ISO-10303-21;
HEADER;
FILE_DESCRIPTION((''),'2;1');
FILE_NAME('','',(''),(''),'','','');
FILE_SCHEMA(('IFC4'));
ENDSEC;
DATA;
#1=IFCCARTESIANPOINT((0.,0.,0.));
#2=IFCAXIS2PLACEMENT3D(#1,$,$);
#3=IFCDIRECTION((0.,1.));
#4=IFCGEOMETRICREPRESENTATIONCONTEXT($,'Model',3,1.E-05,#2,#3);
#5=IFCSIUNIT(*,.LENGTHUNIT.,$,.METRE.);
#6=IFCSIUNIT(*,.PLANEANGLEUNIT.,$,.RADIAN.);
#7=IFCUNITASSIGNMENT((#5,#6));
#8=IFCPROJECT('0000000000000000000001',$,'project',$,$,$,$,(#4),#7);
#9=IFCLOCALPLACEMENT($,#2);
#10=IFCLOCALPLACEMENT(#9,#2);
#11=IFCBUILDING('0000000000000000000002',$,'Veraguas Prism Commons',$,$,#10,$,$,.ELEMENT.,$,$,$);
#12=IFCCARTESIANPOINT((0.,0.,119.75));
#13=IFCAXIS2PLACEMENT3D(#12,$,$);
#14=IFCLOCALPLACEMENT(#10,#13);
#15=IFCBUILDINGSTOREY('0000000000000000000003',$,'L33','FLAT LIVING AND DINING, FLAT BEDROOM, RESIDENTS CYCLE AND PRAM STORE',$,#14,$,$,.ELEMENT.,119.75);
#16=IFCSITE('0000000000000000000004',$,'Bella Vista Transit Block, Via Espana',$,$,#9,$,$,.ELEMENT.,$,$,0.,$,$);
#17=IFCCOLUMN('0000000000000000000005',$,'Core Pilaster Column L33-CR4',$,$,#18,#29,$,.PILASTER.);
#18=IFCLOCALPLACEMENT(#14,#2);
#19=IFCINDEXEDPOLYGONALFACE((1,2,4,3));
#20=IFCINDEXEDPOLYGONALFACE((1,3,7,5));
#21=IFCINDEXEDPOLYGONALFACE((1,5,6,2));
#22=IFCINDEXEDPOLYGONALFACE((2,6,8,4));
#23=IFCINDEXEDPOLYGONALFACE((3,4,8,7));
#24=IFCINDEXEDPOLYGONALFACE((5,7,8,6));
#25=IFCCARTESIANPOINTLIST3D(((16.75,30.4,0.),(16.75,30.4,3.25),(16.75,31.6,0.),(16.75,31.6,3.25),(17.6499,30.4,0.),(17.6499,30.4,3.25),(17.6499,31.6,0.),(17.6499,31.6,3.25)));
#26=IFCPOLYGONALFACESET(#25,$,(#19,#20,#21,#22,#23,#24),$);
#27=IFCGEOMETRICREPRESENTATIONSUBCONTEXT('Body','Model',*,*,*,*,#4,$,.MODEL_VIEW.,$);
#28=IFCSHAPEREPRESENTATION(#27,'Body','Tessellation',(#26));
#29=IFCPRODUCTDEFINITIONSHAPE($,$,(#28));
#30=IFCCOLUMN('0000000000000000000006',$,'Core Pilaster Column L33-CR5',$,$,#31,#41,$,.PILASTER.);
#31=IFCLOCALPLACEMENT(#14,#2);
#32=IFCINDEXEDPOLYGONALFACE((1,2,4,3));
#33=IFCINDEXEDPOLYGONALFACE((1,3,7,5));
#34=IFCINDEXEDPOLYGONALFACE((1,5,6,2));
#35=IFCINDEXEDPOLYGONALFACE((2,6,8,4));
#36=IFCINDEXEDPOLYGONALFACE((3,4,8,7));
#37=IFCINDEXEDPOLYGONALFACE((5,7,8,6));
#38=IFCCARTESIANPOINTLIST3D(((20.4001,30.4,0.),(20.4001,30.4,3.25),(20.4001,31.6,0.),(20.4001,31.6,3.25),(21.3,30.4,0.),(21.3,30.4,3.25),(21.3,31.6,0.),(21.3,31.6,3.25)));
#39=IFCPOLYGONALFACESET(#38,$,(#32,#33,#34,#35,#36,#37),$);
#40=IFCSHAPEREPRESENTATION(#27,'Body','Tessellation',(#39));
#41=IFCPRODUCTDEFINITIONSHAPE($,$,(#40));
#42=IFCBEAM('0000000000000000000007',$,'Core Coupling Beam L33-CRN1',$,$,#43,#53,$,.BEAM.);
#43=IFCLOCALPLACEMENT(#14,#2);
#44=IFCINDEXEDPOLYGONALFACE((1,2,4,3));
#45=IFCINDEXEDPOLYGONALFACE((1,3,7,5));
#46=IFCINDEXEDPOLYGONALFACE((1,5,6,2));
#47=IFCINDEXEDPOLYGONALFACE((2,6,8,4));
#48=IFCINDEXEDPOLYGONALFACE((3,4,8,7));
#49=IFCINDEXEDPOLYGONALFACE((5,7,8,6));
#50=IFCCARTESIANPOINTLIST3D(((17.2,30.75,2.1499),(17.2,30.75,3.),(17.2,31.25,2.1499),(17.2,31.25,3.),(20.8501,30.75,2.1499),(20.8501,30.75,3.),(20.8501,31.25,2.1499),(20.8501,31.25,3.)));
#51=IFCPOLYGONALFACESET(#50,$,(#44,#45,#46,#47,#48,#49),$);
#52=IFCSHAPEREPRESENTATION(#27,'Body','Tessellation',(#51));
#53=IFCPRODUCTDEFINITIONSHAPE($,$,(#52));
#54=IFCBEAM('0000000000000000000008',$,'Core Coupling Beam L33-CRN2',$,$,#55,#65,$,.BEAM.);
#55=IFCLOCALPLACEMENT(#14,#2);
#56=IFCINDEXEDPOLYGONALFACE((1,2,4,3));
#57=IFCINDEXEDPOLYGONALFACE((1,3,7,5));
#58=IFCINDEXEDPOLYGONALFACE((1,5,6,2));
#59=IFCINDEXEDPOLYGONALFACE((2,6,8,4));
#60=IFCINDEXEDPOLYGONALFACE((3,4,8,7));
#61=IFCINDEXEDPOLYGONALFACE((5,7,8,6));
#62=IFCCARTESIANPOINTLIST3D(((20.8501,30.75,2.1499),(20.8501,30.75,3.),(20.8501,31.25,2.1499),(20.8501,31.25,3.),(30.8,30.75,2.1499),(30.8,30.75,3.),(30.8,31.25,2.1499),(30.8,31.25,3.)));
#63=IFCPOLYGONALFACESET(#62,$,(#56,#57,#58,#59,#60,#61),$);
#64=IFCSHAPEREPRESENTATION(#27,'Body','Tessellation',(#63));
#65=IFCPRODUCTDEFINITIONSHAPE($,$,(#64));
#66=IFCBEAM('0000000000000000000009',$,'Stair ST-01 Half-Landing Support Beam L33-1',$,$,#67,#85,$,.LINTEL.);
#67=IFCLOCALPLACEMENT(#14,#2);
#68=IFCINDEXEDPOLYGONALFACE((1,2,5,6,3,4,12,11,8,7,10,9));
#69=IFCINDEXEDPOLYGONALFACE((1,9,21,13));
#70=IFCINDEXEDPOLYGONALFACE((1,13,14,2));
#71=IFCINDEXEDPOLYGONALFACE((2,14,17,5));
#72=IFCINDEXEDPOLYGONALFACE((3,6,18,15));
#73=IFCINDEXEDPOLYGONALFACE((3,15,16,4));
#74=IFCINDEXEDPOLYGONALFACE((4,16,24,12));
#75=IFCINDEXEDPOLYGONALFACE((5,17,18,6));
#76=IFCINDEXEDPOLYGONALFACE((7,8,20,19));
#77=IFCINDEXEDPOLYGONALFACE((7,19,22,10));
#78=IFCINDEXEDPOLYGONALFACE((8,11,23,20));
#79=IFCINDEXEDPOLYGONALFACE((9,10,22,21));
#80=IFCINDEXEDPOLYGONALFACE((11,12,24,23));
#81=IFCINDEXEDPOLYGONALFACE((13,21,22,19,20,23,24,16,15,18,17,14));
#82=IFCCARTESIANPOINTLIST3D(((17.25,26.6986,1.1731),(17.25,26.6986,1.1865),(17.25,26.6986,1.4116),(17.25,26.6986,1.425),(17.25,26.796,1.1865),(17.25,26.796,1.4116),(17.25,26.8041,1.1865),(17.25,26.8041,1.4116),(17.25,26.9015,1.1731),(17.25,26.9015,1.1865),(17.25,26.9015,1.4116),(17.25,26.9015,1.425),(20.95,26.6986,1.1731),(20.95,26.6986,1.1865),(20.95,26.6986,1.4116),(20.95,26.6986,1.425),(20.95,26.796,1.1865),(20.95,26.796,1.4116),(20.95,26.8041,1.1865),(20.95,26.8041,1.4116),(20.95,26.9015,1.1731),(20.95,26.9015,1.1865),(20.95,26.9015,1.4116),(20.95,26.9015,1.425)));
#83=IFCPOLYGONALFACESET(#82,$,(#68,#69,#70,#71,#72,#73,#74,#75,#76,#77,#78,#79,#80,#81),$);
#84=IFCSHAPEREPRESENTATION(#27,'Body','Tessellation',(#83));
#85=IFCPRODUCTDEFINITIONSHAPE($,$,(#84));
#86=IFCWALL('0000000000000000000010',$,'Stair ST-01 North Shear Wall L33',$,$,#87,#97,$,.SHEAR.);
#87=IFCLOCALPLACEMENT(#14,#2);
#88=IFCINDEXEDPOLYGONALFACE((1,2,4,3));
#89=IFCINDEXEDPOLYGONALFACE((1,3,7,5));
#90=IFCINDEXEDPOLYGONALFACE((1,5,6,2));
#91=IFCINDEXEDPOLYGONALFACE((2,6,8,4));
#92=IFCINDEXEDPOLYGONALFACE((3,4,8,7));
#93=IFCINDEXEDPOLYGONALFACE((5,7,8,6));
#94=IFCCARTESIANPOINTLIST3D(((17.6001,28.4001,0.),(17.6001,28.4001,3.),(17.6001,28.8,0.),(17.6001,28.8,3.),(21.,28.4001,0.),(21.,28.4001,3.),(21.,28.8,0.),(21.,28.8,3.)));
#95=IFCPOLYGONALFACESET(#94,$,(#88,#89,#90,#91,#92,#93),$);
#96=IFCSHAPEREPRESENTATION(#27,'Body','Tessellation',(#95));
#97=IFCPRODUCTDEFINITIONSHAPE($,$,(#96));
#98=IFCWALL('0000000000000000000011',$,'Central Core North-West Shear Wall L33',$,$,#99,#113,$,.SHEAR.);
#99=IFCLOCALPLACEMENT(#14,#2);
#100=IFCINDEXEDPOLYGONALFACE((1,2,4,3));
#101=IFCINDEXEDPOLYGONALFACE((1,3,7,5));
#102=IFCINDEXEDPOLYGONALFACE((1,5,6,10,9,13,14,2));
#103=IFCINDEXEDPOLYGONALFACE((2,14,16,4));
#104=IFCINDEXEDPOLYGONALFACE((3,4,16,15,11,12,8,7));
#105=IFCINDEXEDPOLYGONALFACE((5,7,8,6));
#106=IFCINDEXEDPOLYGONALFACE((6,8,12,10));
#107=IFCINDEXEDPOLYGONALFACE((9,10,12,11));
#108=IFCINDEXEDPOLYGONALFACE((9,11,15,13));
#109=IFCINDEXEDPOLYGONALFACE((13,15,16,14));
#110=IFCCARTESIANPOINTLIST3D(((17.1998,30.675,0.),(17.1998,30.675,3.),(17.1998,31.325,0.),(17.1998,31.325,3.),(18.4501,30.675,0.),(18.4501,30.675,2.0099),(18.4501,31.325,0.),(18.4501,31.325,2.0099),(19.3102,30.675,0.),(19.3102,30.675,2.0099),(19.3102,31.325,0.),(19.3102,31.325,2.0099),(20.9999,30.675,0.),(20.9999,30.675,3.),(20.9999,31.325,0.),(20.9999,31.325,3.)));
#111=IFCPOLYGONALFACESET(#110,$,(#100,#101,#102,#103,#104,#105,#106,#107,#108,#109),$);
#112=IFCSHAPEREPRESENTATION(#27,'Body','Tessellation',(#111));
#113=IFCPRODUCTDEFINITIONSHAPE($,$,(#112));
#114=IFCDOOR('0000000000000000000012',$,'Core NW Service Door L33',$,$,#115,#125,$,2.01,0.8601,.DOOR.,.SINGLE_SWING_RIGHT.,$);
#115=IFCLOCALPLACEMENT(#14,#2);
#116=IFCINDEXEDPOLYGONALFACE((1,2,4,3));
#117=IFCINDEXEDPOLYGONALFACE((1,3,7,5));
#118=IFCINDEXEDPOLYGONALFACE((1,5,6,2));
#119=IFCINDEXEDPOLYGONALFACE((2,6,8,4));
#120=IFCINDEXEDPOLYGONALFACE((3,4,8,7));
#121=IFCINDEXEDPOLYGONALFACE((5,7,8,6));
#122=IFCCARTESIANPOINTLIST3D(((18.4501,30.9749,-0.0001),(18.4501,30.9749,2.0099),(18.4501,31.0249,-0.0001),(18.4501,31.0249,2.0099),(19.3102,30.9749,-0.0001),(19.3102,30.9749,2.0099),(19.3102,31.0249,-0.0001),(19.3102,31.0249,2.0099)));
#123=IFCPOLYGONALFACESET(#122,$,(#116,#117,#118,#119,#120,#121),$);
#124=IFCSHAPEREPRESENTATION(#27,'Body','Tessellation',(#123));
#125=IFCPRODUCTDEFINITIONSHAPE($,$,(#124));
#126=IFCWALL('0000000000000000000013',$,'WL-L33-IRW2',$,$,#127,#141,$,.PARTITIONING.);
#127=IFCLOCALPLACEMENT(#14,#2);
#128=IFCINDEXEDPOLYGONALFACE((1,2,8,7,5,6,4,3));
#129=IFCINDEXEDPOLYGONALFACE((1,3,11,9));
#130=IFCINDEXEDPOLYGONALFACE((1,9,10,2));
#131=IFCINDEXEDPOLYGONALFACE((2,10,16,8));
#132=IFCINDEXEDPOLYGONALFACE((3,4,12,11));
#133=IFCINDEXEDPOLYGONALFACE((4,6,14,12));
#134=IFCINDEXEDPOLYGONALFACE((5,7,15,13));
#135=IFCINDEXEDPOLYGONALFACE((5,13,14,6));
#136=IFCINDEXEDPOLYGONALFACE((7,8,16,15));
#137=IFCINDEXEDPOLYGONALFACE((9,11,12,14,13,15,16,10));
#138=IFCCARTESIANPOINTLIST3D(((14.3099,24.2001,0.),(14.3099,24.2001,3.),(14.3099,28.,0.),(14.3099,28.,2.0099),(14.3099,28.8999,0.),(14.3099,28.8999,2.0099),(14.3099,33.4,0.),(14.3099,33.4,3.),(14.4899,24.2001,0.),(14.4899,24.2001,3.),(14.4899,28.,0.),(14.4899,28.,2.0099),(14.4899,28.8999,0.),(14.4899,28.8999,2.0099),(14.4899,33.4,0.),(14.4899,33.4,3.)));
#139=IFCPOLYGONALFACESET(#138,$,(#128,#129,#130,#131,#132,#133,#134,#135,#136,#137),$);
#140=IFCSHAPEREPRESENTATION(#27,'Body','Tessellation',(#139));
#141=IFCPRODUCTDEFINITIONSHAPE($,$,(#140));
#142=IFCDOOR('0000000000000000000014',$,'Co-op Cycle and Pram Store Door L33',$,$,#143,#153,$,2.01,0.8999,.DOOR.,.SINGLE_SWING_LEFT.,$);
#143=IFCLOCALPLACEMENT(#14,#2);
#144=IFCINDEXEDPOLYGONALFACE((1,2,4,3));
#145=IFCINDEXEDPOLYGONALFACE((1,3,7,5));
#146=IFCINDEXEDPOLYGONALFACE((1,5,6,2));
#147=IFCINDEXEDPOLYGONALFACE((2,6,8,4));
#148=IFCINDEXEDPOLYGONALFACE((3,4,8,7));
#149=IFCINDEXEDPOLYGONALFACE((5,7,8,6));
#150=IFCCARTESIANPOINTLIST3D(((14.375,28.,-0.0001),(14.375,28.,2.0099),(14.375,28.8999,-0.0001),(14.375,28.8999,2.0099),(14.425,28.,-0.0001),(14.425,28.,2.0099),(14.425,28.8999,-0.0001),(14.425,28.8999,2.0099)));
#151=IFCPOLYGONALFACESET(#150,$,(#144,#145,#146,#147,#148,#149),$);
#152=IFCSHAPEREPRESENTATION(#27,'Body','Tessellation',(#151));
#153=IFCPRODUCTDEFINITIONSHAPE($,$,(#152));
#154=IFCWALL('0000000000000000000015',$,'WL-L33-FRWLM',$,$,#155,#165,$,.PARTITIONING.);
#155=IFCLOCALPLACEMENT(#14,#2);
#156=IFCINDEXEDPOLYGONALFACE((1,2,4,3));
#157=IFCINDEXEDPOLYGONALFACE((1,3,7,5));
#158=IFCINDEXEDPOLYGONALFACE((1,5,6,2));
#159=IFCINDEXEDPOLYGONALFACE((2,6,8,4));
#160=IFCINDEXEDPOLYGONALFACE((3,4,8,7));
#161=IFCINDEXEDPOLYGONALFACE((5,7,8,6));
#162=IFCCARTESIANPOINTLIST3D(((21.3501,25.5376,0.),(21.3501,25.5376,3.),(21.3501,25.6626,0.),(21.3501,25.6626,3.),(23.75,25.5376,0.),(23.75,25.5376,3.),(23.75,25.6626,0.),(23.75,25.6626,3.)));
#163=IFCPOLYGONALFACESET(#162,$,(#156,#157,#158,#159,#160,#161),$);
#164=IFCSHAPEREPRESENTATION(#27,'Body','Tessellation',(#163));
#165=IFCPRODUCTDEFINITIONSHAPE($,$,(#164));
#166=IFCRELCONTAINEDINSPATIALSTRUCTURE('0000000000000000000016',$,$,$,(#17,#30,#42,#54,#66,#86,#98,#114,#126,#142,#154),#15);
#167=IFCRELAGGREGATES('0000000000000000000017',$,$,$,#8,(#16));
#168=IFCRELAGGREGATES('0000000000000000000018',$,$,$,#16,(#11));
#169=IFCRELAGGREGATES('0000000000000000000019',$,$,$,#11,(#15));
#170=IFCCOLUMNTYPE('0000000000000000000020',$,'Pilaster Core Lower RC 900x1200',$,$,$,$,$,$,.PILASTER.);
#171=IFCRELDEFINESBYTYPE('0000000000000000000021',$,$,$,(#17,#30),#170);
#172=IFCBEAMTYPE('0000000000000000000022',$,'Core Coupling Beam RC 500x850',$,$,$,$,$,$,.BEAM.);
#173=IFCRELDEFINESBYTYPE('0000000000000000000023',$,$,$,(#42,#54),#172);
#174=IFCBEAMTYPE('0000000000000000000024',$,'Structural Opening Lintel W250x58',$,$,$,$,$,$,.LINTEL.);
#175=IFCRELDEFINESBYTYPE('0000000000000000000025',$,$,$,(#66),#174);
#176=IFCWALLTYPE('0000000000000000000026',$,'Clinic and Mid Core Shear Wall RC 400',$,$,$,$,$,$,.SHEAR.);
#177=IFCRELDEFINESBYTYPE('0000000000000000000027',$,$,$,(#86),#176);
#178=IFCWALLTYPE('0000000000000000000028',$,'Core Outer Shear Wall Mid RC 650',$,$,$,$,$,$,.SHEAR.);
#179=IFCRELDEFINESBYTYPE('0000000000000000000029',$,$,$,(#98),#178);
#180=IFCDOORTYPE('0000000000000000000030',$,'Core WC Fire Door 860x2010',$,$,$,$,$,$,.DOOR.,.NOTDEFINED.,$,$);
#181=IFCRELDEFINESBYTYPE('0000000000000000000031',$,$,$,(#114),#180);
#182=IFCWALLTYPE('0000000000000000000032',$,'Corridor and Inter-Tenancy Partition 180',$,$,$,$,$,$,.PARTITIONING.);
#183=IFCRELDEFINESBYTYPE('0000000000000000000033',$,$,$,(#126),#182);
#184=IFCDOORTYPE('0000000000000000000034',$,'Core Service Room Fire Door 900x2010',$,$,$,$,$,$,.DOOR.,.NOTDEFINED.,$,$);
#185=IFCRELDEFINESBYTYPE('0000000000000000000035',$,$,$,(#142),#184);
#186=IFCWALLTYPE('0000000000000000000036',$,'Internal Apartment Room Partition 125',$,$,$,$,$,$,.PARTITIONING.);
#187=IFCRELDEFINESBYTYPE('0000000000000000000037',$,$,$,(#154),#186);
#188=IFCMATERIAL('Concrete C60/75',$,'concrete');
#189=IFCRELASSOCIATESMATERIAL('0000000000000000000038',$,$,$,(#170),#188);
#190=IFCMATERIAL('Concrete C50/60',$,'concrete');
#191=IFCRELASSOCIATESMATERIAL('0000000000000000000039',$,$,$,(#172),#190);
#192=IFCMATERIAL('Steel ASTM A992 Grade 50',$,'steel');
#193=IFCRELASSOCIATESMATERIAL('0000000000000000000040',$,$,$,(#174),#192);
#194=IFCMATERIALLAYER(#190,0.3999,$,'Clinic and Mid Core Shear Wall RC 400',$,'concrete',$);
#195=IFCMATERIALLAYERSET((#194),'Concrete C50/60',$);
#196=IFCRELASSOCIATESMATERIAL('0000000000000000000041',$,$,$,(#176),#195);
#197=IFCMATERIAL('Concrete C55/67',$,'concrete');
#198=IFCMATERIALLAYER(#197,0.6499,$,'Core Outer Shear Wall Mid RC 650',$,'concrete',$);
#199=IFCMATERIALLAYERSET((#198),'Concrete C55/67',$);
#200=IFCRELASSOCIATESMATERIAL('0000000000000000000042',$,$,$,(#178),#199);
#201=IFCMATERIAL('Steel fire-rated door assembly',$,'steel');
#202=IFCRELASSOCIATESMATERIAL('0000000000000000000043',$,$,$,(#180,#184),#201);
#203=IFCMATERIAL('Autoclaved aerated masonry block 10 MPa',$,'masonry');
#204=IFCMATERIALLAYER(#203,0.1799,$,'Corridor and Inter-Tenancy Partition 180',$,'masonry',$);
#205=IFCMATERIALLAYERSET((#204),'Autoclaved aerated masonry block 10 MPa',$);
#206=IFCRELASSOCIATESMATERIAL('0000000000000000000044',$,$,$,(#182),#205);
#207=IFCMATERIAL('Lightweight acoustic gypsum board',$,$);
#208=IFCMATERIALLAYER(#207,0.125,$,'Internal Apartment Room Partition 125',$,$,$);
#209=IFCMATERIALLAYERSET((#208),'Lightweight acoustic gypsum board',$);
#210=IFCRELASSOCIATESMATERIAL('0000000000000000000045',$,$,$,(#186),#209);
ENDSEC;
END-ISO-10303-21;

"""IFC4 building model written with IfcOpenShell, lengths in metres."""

from ifc_helpers import new_model, si_unit, direction, frame, frame_2d, origin, origin_2d, place, context, subcontext, project, spatial, rectangle, i_section, extrude, source, transform, mapped, material, layer, layer_set, material_profile, profile_set, type_object, element, fill, save


model = new_model("IFC4")

# Units and contexts
model_context = context("Model", 3, precision=1e-05, world=origin(), true_north=direction((0.0, 1.0)))
body_context = subcontext(model_context, "Body", "Model", "MODEL_VIEW")
ifc_project = project(units=[si_unit("LENGTHUNIT", "METRE"), si_unit("PLANEANGLEUNIT", "RADIAN")], contexts=[model_context])

# Site, building, storey
site_placement = place(None, origin())
site = spatial("IfcSite", under=ifc_project, at=site_placement, Name="Bella Vista Transit Block, Via Espana", CompositionType="ELEMENT", RefElevation=0.0)
building_placement = place(site_placement, origin())
building = spatial("IfcBuilding", under=site, at=building_placement, Name="Veraguas Prism Commons", CompositionType="ELEMENT")
storey_placement = place(building_placement, frame((0.0, 0.0, 119.75)))
storey = spatial("IfcBuildingStorey", under=building, at=storey_placement, Name="L33", Description="FLAT LIVING AND DINING, FLAT BEDROOM, RESIDENTS CYCLE AND PRAM STORE", CompositionType="ELEMENT", Elevation=119.75)

# Columns
ifc_material_1 = material(Name="Concrete C60/75", Category="concrete")
ifc_material_profile_1 = material_profile(ifc_material_1, rectangle(XDim=0.8999, YDim=1.2, at=origin_2d()), Name="RC900X1200")
ifc_profile_set_1 = profile_set([ifc_material_profile_1], Name="Concrete C60/75")
column_type = type_object("IfcColumnType", Name="Pilaster Core Lower RC 900x1200", PredefinedType="PILASTER", material=ifc_profile_set_1)
for number, where, z_axis, x_axis, name in (
    (1, (17.2, 31.0, 0.0), (0.0, 0.0, 1.0), (1.0, 0.0, 0.0), "Core Pilaster Column L33-CR4"),
    (2, (20.8501, 31.0, 0.0), (0.0, 0.0, 1.0), (1.0, 0.0, 0.0), "Core Pilaster Column L33-CR5"),
):
    element("IfcColumn", number, at=place(storey_placement, frame(where, z_axis=z_axis, x_axis=x_axis)), inside=storey, type_object=column_type, Name=name, PredefinedType="PILASTER", context=body_context, shape_type="SweptSolid", body=[
        extrude(rectangle(XDim=0.8999, YDim=1.2, at=origin_2d()), origin(), (0.0, 0.0, 1.0), 3.25),
    ])

# Beams
ifc_material_2 = material(Name="Concrete C50/60", Category="concrete")
ifc_material_profile_2 = material_profile(ifc_material_2, rectangle(XDim=0.5, YDim=0.8501, at=origin_2d()), Name="RC500X850")
ifc_profile_set_2 = profile_set([ifc_material_profile_2], Name="Concrete C50/60")
beam_type_1 = type_object("IfcBeamType", Name="Core Coupling Beam RC 500x850", PredefinedType="BEAM", material=ifc_profile_set_2)
beam_1_placement = place(storey_placement, frame((17.2, 31.0, 2.575), z_axis=(1.0, 0.0, 0.0), x_axis=(0.0, 1.0, 0.0)))
element("IfcBeam", 3, at=beam_1_placement, inside=storey, type_object=beam_type_1, Name="Core Coupling Beam L33-CRN1", PredefinedType="BEAM", context=body_context, shape_type="SweptSolid", body=[
    extrude(rectangle(XDim=0.5, YDim=0.8501, at=origin_2d()), origin(), (0.0, 0.0, 1.0), 3.6501),
])
beam_2_placement = place(storey_placement, frame((20.8501, 31.0, 2.575), z_axis=(1.0, 0.0, 0.0), x_axis=(0.0, 1.0, 0.0)))
element("IfcBeam", 4, at=beam_2_placement, inside=storey, type_object=beam_type_1, Name="Core Coupling Beam L33-CRN2", PredefinedType="BEAM", context=body_context, shape_type="SweptSolid", body=[
    extrude(rectangle(XDim=0.5, YDim=0.8501, at=origin_2d()), origin(), (0.0, 0.0, 1.0), 9.95),
])
ifc_material_3 = material(Name="Steel ASTM A992 Grade 50", Category="steel")
ifc_material_profile_3 = material_profile(ifc_material_3, i_section(OverallWidth=0.2029, OverallDepth=0.252, WebThickness=0.0081, FlangeThickness=0.0134, at=origin_2d()), Name="W250X58")
ifc_profile_set_3 = profile_set([ifc_material_profile_3], Name="Steel ASTM A992 Grade 50")
beam_type_2 = type_object("IfcBeamType", Name="Structural Opening Lintel W250x58", PredefinedType="LINTEL", material=ifc_profile_set_3)
beam_3_placement = place(storey_placement, frame((17.25, 26.8, 1.2991), z_axis=(1.0, 0.0, 0.0), x_axis=(0.0, 1.0, 0.0)))
element("IfcBeam", 5, at=beam_3_placement, inside=storey, type_object=beam_type_2, Name="Stair ST-01 Half-Landing Support Beam L33-1", PredefinedType="LINTEL", context=body_context, shape_type="SweptSolid", body=[
    extrude(i_section(OverallWidth=0.2029, OverallDepth=0.252, WebThickness=0.0081, FlangeThickness=0.0134, at=origin_2d()), origin(), (0.0, 0.0, 1.0), 3.7),
])

# Wall
ifc_layer_1 = layer(ifc_material_2, 0.3999, Name="Clinic and Mid Core Shear Wall RC 400", Category="concrete")
ifc_layer_set_1 = layer_set([ifc_layer_1], Name="Concrete C50/60")
wall_type_1 = type_object("IfcWallType", Name="Clinic and Mid Core Shear Wall RC 400", PredefinedType="SHEAR", material=ifc_layer_set_1)
wall_1_placement = place(storey_placement, frame((17.6001, 28.6001, 0.0), z_axis=(0.0, 0.0, 1.0), x_axis=(1.0, 0.0, 0.0)))
element("IfcWall", 6, at=wall_1_placement, inside=storey, type_object=wall_type_1, Name="Stair ST-01 North Shear Wall L33", PredefinedType="SHEAR", context=body_context, shape_type="SweptSolid", body=[
    extrude(rectangle(XDim=3.3999, YDim=0.3999, at=frame_2d((1.7, 0.0))), origin(), (0.0, 0.0, 1.0), 3.0),
])

# Walls, openings, doors
ifc_material_4 = material(Name="Concrete C55/67", Category="concrete")
ifc_layer_2 = layer(ifc_material_4, 0.6499, Name="Core Outer Shear Wall Mid RC 650", Category="concrete")
ifc_layer_set_2 = layer_set([ifc_layer_2], Name="Concrete C55/67")
wall_type_2 = type_object("IfcWallType", Name="Core Outer Shear Wall Mid RC 650", PredefinedType="SHEAR", material=ifc_layer_set_2)
wall_2_placement = place(storey_placement, frame((17.2, 31.0, 0.0), z_axis=(0.0, 0.0, 1.0), x_axis=(1.0, 0.0, 0.0)))
wall_2 = element("IfcWall", 7, at=wall_2_placement, inside=storey, type_object=wall_type_2, Name="Central Core North-West Shear Wall L33", PredefinedType="SHEAR", context=body_context, shape_type="SweptSolid", body=[
    extrude(rectangle(XDim=3.8, YDim=0.6499, at=frame_2d((1.8999, 0.0))), origin(), (0.0, 0.0, 1.0), 3.0),
])
opening_1_placement = place(wall_2_placement, frame((1.25, 0.0, 0.0)))
opening_1 = element("IfcOpeningElement", 8, at=opening_1_placement, cuts=wall_2, PredefinedType="OPENING", context=body_context, shape_type="SweptSolid", body=[
    extrude(rectangle(XDim=0.8601, YDim=2.01, at=frame_2d((0.4302, 1.0049))), frame((0.0, 0.335, 0.0), z_axis=(0.0, -1.0, 0.0), x_axis=(1.0, 0.0, 0.0)), (0.0, 0.0, 1.0), 0.6699),
])
ifc_material_5 = material(Name="Steel fire-rated door assembly", Category="steel")
door_type_1 = type_object("IfcDoorType", Name="Core WC Fire Door 860x2010", OperationType="NOTDEFINED", PredefinedType="DOOR", material=ifc_material_5)
shared_shape_1 = source(origin(), body_context, "Body", "SweptSolid", [
    extrude(rectangle(XDim=0.8601, YDim=2.01, at=frame_2d((0.4302, 1.0049))), frame((0.0, 0.0249, 0.0), z_axis=(0.0, -1.0, 0.0), x_axis=(1.0, 0.0, 0.0)), (0.0, 0.0, 1.0), 0.05),
])
door_1_placement = place(opening_1_placement, origin())
door_1 = element("IfcDoor", 9, at=door_1_placement, inside=storey, type_object=door_type_1, Name="Core NW Service Door L33", OperationType="SINGLE_SWING_RIGHT", OverallHeight=2.01, OverallWidth=0.8601, PredefinedType="DOOR", context=body_context, shape_type="MappedRepresentation", body=[
    mapped(shared_shape_1, transform((0.0, 0.0, 0.0), scale=1.0)),
])
fill(opening_1, door_1)
ifc_material_6 = material(Name="Autoclaved aerated masonry block 10 MPa", Category="masonry")
ifc_layer_3 = layer(ifc_material_6, 0.1799, Name="Corridor and Inter-Tenancy Partition 180", Category="masonry")
ifc_layer_set_3 = layer_set([ifc_layer_3], Name="Autoclaved aerated masonry block 10 MPa")
wall_type_3 = type_object("IfcWallType", Name="Corridor and Inter-Tenancy Partition 180", PredefinedType="PARTITIONING", material=ifc_layer_set_3)
wall_3_placement = place(storey_placement, frame((14.3999, 24.2, 0.0), z_axis=(0.0, 0.0, 1.0), x_axis=(0.0, 1.0, 0.0)))
wall_3 = element("IfcWall", 10, at=wall_3_placement, inside=storey, type_object=wall_type_3, Name="WL-L33-IRW2", PredefinedType="PARTITIONING", context=body_context, shape_type="SweptSolid", body=[
    extrude(rectangle(XDim=9.2, YDim=0.1799, at=frame_2d((4.6001, 0.0))), origin(), (0.0, 0.0, 1.0), 3.0),
])
opening_2_placement = place(wall_3_placement, frame((3.8, 0.0, 0.0)))
opening_2 = element("IfcOpeningElement", 11, at=opening_2_placement, cuts=wall_3, PredefinedType="OPENING", context=body_context, shape_type="SweptSolid", body=[
    extrude(rectangle(XDim=0.8999, YDim=2.01, at=frame_2d((0.45, 1.0049))), frame((0.0, 0.0999, 0.0), z_axis=(0.0, -1.0, 0.0), x_axis=(1.0, 0.0, 0.0)), (0.0, 0.0, 1.0), 0.2),
])
door_type_2 = type_object("IfcDoorType", Name="Core Service Room Fire Door 900x2010", OperationType="NOTDEFINED", PredefinedType="DOOR", material=ifc_material_5)
shared_shape_2 = source(origin(), body_context, "Body", "SweptSolid", [
    extrude(rectangle(XDim=0.8999, YDim=2.01, at=frame_2d((0.45, 1.0049))), frame((0.0, 0.0249, 0.0), z_axis=(0.0, -1.0, 0.0), x_axis=(1.0, 0.0, 0.0)), (0.0, 0.0, 1.0), 0.05),
])
door_2_placement = place(opening_2_placement, origin())
door_2 = element("IfcDoor", 12, at=door_2_placement, inside=storey, type_object=door_type_2, Name="Co-op Cycle and Pram Store Door L33", OperationType="SINGLE_SWING_LEFT", OverallHeight=2.01, OverallWidth=0.8999, PredefinedType="DOOR", context=body_context, shape_type="MappedRepresentation", body=[
    mapped(shared_shape_2, transform((0.0, 0.0, 0.0), scale=1.0)),
])
fill(opening_2, door_2)

# Wall
ifc_material_7 = material(Name="Lightweight acoustic gypsum board")
ifc_layer_4 = layer(ifc_material_7, 0.125, Name="Internal Apartment Room Partition 125")
ifc_layer_set_4 = layer_set([ifc_layer_4], Name="Lightweight acoustic gypsum board")
wall_type_4 = type_object("IfcWallType", Name="Internal Apartment Room Partition 125", PredefinedType="PARTITIONING", material=ifc_layer_set_4)
wall_4_placement = place(storey_placement, frame((21.3501, 25.6001, 0.0), z_axis=(0.0, 0.0, 1.0), x_axis=(1.0, 0.0, 0.0)))
element("IfcWall", 13, at=wall_4_placement, inside=storey, type_object=wall_type_4, Name="WL-L33-FRWLM", PredefinedType="PARTITIONING", context=body_context, shape_type="SweptSolid", body=[
    extrude(rectangle(XDim=2.3999, YDim=0.125, at=frame_2d((1.2, 0.0))), origin(), (0.0, 0.0, 1.0), 3.0),
])

save(model, "model.ifc")
